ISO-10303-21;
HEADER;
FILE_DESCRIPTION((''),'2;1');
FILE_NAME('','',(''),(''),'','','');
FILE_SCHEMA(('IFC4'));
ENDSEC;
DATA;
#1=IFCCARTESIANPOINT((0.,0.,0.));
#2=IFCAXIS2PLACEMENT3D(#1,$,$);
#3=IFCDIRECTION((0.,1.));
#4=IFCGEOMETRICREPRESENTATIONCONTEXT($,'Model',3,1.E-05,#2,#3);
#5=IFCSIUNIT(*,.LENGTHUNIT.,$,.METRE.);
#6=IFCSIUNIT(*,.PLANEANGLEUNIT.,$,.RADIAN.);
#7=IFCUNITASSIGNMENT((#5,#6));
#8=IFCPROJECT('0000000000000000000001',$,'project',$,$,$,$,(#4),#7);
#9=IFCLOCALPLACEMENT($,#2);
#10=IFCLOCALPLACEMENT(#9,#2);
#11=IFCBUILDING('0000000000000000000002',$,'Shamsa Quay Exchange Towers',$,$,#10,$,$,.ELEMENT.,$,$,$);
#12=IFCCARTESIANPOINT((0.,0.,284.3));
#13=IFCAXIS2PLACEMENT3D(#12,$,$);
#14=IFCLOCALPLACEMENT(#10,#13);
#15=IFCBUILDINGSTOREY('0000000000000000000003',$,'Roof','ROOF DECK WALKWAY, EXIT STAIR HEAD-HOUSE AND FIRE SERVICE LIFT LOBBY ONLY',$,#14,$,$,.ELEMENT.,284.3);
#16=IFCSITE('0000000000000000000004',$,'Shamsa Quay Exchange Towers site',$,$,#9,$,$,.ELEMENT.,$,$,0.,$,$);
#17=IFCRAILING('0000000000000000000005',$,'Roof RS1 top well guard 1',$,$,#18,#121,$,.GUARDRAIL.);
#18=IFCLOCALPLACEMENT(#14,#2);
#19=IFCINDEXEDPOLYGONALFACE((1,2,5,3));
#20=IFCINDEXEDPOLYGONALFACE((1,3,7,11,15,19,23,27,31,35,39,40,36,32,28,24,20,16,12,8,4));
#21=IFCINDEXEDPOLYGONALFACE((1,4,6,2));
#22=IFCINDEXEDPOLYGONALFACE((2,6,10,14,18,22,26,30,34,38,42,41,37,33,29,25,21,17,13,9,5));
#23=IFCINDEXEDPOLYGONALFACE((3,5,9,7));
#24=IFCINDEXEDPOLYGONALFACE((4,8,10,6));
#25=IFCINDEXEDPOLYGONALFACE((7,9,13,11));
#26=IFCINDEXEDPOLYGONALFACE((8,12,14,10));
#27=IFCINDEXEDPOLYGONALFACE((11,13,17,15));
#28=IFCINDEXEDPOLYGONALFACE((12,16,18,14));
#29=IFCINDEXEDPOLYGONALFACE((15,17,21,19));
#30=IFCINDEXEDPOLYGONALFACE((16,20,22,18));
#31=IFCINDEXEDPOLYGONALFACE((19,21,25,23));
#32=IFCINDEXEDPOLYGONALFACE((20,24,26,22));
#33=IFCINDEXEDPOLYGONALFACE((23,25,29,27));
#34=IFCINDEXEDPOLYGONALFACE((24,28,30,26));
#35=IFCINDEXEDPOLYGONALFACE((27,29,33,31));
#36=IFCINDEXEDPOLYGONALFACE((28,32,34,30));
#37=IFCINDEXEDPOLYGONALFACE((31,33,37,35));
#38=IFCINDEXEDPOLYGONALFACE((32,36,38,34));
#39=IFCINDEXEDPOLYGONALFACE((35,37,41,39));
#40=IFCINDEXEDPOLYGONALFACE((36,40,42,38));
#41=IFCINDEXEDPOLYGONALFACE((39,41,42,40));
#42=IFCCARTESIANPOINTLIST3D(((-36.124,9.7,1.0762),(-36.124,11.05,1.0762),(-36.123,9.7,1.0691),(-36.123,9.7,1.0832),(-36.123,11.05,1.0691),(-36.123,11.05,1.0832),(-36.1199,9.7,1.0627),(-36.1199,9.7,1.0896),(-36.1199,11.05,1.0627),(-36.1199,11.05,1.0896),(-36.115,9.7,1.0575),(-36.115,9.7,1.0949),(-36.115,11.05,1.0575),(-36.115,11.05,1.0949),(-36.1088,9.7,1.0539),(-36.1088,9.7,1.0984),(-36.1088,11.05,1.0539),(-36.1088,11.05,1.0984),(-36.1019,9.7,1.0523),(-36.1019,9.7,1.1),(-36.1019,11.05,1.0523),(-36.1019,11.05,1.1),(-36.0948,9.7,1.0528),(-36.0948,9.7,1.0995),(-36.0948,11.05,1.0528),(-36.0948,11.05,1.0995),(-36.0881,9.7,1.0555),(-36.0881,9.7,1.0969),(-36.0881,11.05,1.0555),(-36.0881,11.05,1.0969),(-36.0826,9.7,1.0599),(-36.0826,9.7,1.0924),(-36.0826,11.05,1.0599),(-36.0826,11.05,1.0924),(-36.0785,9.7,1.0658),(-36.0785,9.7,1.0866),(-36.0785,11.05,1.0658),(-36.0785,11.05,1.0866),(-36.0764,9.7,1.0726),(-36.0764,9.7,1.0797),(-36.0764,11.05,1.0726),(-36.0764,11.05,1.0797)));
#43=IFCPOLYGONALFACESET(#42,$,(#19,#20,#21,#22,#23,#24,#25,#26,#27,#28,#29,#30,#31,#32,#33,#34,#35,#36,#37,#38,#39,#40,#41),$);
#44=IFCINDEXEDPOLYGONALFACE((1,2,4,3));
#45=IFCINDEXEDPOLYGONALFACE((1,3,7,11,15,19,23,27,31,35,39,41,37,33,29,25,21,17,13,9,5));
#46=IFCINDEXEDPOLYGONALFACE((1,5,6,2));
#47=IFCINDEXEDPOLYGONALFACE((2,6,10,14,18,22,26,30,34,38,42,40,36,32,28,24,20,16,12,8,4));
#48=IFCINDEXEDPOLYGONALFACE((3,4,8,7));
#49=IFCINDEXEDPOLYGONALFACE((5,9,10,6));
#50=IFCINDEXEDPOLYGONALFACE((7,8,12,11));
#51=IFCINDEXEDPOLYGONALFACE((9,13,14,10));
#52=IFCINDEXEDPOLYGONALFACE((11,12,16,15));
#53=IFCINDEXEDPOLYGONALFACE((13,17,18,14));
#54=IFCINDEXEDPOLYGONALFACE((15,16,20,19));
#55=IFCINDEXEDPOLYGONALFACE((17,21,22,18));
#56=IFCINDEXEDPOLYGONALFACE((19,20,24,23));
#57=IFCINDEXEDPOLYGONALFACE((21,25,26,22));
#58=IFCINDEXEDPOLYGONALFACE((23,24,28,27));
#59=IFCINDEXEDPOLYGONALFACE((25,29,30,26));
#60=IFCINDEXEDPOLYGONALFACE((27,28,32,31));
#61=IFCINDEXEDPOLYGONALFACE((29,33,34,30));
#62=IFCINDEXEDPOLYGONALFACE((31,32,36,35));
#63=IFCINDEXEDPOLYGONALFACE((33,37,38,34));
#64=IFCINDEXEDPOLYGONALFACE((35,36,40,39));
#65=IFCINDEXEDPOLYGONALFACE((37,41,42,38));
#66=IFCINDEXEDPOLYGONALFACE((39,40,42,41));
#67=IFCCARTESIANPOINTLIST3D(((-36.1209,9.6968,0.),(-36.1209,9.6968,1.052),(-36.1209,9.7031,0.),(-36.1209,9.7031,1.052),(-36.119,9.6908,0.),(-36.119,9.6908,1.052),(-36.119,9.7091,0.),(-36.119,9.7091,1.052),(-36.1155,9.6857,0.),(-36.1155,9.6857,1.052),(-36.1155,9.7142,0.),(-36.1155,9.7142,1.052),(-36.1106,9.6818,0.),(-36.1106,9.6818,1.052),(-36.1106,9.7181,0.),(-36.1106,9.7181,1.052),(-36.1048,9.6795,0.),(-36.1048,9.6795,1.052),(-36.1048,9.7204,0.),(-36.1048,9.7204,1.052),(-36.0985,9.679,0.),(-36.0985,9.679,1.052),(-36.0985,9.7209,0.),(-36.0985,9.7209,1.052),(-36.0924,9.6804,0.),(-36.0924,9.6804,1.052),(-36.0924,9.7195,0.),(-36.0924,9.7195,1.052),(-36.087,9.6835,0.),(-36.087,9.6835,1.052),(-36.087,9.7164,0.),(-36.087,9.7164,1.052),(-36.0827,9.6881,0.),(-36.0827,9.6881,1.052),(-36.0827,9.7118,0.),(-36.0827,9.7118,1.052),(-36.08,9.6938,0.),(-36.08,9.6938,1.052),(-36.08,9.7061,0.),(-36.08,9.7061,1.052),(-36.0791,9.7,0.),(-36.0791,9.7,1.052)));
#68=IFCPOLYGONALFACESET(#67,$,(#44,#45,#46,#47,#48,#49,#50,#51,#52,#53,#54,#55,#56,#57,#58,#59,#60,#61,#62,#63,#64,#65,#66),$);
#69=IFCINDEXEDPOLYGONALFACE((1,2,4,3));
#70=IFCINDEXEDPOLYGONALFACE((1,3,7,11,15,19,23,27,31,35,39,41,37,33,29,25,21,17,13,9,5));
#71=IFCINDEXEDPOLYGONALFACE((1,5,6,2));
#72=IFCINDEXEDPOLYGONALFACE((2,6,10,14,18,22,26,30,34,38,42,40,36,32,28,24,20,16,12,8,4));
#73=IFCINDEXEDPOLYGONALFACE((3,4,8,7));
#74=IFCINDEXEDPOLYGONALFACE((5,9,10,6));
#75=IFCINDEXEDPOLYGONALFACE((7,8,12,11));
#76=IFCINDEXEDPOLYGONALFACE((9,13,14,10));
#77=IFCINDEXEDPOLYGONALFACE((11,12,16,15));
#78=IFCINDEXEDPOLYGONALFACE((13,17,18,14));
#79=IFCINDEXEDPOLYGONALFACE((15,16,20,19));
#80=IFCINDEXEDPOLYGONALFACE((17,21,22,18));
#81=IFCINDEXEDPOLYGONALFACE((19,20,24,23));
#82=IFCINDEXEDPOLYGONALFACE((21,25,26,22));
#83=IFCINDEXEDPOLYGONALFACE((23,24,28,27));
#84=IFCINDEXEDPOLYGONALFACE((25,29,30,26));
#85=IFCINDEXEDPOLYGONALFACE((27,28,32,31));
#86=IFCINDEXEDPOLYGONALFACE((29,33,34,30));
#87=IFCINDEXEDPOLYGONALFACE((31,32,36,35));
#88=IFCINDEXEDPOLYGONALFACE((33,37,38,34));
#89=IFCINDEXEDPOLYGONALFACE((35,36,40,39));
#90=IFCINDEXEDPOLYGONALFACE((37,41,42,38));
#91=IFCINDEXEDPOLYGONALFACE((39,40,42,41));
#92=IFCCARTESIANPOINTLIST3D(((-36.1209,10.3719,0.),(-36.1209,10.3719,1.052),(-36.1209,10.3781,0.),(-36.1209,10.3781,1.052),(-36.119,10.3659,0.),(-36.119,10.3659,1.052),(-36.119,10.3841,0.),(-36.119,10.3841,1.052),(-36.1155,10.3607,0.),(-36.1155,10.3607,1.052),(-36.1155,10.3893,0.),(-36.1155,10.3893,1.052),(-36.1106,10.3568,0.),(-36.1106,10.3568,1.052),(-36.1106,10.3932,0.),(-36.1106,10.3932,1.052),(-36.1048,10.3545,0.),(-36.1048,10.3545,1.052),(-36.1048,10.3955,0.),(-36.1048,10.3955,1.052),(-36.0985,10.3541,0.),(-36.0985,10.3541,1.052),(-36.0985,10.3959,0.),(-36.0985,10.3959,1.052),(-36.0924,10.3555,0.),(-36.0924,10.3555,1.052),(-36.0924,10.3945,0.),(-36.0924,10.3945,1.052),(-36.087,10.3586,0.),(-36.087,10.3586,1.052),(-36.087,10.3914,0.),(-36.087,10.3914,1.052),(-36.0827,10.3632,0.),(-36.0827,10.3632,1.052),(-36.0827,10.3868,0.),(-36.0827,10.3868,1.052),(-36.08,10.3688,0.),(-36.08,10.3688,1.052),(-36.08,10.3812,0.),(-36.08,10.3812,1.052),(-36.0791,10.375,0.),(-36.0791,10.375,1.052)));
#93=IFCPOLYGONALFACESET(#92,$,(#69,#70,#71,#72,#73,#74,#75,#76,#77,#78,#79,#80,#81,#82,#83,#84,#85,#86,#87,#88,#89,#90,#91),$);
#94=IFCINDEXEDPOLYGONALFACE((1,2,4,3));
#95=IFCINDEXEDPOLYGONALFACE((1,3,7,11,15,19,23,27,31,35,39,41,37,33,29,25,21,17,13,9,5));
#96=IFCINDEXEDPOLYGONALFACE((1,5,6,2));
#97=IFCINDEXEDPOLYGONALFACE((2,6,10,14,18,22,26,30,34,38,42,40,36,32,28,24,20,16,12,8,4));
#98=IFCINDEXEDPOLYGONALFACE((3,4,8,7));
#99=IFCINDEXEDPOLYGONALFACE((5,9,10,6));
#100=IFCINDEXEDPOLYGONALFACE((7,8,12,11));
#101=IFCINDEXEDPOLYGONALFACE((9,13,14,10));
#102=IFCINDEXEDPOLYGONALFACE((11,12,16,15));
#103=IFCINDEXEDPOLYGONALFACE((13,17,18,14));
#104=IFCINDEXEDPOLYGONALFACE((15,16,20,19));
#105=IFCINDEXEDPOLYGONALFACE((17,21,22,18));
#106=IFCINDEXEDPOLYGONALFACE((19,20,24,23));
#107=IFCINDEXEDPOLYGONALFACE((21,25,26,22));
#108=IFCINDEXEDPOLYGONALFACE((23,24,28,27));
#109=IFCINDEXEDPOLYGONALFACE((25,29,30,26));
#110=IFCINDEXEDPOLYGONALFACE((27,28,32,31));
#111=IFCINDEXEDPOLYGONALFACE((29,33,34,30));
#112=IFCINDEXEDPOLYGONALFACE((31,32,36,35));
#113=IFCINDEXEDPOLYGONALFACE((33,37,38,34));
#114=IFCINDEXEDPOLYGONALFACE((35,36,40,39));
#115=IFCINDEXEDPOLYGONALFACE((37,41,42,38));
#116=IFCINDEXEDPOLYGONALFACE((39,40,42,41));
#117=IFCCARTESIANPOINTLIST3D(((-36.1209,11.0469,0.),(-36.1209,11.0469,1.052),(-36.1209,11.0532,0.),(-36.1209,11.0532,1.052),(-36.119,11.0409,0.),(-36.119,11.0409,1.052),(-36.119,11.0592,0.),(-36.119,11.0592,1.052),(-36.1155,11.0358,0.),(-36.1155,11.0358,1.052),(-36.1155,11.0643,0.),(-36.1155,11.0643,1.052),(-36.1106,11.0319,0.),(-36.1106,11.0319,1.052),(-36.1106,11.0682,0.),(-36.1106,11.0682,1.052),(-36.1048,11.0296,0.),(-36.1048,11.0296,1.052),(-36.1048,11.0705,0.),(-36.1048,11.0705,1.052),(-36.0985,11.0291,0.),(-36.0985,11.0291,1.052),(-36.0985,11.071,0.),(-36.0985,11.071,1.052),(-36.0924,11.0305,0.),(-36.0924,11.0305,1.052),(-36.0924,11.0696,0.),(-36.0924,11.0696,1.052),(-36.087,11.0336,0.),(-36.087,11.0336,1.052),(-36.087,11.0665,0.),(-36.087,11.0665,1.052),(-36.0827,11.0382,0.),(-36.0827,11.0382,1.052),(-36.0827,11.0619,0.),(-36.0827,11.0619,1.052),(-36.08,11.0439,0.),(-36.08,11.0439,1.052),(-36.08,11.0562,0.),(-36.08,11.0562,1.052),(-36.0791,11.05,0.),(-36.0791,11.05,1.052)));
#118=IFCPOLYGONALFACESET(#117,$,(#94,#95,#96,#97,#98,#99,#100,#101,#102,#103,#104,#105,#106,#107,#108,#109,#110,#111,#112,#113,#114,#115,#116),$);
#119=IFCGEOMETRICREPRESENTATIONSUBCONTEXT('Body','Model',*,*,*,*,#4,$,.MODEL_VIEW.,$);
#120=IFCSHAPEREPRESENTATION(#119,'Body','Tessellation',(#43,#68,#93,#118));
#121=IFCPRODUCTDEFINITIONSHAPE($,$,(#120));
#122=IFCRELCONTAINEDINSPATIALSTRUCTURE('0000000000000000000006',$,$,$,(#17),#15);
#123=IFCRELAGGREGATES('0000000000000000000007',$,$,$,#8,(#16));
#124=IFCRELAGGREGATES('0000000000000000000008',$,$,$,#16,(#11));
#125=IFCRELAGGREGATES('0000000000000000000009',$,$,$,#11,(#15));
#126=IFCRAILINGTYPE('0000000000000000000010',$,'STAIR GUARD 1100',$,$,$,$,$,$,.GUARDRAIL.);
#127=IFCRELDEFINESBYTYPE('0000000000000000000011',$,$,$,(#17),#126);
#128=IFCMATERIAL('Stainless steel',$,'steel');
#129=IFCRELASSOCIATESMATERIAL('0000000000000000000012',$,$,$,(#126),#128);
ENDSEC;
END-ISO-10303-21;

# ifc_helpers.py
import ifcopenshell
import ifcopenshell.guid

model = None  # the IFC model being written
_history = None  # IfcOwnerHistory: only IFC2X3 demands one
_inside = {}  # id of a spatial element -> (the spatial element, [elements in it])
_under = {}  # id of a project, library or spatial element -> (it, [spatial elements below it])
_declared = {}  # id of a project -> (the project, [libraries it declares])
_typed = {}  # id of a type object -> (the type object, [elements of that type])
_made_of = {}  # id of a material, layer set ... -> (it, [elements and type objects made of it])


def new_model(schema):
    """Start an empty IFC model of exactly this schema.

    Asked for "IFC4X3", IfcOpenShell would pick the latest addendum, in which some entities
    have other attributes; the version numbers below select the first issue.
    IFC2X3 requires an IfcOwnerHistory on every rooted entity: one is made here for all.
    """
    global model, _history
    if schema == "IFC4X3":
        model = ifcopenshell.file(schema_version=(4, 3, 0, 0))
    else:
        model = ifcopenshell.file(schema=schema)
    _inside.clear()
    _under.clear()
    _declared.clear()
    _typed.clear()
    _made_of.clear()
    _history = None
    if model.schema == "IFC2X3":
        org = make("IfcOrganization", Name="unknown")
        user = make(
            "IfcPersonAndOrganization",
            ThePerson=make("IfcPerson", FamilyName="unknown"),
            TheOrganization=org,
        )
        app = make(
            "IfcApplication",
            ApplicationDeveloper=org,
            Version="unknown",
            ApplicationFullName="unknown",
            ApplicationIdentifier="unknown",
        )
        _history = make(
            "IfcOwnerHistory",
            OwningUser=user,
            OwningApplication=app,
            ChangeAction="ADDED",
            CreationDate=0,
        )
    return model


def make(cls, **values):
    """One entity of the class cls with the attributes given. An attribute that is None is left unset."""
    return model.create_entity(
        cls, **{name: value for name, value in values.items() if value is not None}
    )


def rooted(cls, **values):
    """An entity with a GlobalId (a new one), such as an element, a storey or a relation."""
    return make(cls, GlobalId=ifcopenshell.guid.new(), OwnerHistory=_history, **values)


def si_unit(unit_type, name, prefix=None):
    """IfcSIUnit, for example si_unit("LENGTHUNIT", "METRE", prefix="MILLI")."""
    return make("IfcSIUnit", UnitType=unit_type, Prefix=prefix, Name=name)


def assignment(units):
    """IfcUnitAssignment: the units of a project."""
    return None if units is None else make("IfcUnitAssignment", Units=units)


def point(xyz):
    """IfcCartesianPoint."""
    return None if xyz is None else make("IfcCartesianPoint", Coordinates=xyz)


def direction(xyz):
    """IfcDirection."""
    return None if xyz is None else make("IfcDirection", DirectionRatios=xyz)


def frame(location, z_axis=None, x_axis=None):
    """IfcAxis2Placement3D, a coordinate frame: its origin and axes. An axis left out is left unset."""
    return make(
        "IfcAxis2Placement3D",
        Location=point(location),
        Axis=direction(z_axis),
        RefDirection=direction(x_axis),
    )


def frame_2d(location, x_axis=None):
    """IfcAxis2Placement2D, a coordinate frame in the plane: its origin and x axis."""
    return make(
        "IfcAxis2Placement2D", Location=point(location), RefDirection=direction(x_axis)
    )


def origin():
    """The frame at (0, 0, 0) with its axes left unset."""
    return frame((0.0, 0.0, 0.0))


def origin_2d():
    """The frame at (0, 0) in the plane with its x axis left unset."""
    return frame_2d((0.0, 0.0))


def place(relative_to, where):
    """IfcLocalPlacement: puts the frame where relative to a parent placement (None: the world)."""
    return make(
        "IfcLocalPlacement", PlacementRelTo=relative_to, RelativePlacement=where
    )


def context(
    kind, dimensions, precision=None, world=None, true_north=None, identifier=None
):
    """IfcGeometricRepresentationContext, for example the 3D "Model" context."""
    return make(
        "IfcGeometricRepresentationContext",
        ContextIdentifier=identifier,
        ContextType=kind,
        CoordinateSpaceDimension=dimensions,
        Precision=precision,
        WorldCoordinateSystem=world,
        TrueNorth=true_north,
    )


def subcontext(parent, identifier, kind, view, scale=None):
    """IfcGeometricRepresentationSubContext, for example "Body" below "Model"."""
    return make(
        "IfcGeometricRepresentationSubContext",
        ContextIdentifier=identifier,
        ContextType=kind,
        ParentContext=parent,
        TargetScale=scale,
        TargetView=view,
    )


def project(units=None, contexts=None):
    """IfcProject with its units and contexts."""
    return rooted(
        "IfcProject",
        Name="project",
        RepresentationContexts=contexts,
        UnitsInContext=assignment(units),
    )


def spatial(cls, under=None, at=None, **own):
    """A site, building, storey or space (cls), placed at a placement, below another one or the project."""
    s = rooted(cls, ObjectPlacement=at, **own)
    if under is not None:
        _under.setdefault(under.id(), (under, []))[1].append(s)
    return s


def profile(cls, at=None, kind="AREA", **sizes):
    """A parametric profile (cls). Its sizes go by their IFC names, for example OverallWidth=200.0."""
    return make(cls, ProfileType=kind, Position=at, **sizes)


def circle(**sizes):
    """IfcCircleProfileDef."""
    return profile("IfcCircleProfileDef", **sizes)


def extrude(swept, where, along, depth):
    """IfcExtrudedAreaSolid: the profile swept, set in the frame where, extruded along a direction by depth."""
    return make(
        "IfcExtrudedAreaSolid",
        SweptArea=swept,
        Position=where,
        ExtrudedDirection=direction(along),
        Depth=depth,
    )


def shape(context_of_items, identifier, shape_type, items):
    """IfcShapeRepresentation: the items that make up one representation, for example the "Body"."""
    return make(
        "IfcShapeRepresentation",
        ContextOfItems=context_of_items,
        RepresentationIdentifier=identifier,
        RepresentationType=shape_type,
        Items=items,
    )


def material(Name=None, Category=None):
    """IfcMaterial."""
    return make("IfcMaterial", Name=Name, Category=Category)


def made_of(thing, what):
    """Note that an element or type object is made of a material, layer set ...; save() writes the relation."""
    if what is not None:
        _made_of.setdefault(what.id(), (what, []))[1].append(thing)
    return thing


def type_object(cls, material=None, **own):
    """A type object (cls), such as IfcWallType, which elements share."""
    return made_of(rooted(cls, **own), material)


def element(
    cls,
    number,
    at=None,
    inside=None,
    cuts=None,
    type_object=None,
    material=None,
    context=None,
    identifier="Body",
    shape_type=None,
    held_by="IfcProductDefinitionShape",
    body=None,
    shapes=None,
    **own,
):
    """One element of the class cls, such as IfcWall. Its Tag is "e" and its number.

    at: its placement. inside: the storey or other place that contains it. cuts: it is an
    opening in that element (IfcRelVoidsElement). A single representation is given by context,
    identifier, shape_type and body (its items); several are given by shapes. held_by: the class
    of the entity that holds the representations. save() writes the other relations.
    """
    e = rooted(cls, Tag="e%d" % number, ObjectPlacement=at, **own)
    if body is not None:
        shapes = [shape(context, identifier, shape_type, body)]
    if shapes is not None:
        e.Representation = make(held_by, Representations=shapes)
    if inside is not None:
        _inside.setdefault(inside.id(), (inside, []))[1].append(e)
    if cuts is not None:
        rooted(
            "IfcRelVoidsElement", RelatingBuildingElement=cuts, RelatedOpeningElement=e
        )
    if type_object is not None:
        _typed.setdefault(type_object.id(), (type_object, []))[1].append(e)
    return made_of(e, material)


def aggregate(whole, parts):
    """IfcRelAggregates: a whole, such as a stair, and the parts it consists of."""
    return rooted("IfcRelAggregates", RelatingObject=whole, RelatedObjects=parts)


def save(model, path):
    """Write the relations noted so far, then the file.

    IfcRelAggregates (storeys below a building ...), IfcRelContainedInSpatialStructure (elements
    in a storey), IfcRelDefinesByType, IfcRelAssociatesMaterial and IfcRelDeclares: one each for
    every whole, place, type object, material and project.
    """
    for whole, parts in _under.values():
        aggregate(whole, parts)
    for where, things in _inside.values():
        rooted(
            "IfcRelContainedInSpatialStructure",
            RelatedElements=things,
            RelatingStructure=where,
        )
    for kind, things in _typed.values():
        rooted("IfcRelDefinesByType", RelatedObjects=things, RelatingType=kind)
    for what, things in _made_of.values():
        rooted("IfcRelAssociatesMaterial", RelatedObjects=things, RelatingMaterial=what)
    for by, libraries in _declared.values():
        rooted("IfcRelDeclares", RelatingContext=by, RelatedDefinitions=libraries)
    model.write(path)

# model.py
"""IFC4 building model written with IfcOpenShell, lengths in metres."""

from ifc_helpers import new_model, si_unit, direction, frame, origin, origin_2d, place, context, subcontext, project, spatial, circle, extrude, material, type_object, element, save


model = new_model("IFC4")

# Units and contexts
model_context = context("Model", 3, precision=1e-05, world=origin(), true_north=direction((0.0, 1.0)))
body_context = subcontext(model_context, "Body", "Model", "MODEL_VIEW")
ifc_project = project(units=[si_unit("LENGTHUNIT", "METRE"), si_unit("PLANEANGLEUNIT", "RADIAN")], contexts=[model_context])

# Site, building, storey
site_placement = place(None, origin())
site = spatial("IfcSite", under=ifc_project, at=site_placement, Name="Shamsa Quay Exchange Towers site", CompositionType="ELEMENT", RefElevation=0.0)
building_placement = place(site_placement, origin())
building = spatial("IfcBuilding", under=site, at=building_placement, Name="Shamsa Quay Exchange Towers", CompositionType="ELEMENT")
storey_placement = place(building_placement, frame((0.0, 0.0, 284.3)))
storey = spatial("IfcBuildingStorey", under=building, at=storey_placement, Name="Roof", Description="ROOF DECK WALKWAY, EXIT STAIR HEAD-HOUSE AND FIRE SERVICE LIFT LOBBY ONLY", CompositionType="ELEMENT", Elevation=284.3)

# Railing
ifc_material_1 = material(Name="Stainless steel", Category="steel")
railing_type = type_object("IfcRailingType", Name="STAIR GUARD 1100", PredefinedType="GUARDRAIL", material=ifc_material_1)
railing_placement = place(storey_placement, frame((-36.1001, 9.7, 0.0)))
element("IfcRailing", 1, at=railing_placement, inside=storey, type_object=railing_type, Name="Roof RS1 top well guard 1", PredefinedType="GUARDRAIL", context=body_context, shape_type="SweptSolid", body=[
    extrude(circle(Radius=0.0239, at=origin_2d()), frame((0.0, 0.0, 1.0762), z_axis=(0.0, 1.0, 0.0), x_axis=(-1.0, 0.0, 0.0)), (0.0, 0.0, 1.0), 1.3501),
    extrude(circle(Radius=0.021, at=origin_2d()), origin(), (0.0, 0.0, 1.0), 1.052),
    extrude(circle(Radius=0.021, at=origin_2d()), frame((0.0, 0.675, 0.0)), (0.0, 0.0, 1.0), 1.052),
    extrude(circle(Radius=0.021, at=origin_2d()), frame((0.0, 1.3501, 0.0)), (0.0, 0.0, 1.0), 1.052),
])

save(model, "model.ifc")
